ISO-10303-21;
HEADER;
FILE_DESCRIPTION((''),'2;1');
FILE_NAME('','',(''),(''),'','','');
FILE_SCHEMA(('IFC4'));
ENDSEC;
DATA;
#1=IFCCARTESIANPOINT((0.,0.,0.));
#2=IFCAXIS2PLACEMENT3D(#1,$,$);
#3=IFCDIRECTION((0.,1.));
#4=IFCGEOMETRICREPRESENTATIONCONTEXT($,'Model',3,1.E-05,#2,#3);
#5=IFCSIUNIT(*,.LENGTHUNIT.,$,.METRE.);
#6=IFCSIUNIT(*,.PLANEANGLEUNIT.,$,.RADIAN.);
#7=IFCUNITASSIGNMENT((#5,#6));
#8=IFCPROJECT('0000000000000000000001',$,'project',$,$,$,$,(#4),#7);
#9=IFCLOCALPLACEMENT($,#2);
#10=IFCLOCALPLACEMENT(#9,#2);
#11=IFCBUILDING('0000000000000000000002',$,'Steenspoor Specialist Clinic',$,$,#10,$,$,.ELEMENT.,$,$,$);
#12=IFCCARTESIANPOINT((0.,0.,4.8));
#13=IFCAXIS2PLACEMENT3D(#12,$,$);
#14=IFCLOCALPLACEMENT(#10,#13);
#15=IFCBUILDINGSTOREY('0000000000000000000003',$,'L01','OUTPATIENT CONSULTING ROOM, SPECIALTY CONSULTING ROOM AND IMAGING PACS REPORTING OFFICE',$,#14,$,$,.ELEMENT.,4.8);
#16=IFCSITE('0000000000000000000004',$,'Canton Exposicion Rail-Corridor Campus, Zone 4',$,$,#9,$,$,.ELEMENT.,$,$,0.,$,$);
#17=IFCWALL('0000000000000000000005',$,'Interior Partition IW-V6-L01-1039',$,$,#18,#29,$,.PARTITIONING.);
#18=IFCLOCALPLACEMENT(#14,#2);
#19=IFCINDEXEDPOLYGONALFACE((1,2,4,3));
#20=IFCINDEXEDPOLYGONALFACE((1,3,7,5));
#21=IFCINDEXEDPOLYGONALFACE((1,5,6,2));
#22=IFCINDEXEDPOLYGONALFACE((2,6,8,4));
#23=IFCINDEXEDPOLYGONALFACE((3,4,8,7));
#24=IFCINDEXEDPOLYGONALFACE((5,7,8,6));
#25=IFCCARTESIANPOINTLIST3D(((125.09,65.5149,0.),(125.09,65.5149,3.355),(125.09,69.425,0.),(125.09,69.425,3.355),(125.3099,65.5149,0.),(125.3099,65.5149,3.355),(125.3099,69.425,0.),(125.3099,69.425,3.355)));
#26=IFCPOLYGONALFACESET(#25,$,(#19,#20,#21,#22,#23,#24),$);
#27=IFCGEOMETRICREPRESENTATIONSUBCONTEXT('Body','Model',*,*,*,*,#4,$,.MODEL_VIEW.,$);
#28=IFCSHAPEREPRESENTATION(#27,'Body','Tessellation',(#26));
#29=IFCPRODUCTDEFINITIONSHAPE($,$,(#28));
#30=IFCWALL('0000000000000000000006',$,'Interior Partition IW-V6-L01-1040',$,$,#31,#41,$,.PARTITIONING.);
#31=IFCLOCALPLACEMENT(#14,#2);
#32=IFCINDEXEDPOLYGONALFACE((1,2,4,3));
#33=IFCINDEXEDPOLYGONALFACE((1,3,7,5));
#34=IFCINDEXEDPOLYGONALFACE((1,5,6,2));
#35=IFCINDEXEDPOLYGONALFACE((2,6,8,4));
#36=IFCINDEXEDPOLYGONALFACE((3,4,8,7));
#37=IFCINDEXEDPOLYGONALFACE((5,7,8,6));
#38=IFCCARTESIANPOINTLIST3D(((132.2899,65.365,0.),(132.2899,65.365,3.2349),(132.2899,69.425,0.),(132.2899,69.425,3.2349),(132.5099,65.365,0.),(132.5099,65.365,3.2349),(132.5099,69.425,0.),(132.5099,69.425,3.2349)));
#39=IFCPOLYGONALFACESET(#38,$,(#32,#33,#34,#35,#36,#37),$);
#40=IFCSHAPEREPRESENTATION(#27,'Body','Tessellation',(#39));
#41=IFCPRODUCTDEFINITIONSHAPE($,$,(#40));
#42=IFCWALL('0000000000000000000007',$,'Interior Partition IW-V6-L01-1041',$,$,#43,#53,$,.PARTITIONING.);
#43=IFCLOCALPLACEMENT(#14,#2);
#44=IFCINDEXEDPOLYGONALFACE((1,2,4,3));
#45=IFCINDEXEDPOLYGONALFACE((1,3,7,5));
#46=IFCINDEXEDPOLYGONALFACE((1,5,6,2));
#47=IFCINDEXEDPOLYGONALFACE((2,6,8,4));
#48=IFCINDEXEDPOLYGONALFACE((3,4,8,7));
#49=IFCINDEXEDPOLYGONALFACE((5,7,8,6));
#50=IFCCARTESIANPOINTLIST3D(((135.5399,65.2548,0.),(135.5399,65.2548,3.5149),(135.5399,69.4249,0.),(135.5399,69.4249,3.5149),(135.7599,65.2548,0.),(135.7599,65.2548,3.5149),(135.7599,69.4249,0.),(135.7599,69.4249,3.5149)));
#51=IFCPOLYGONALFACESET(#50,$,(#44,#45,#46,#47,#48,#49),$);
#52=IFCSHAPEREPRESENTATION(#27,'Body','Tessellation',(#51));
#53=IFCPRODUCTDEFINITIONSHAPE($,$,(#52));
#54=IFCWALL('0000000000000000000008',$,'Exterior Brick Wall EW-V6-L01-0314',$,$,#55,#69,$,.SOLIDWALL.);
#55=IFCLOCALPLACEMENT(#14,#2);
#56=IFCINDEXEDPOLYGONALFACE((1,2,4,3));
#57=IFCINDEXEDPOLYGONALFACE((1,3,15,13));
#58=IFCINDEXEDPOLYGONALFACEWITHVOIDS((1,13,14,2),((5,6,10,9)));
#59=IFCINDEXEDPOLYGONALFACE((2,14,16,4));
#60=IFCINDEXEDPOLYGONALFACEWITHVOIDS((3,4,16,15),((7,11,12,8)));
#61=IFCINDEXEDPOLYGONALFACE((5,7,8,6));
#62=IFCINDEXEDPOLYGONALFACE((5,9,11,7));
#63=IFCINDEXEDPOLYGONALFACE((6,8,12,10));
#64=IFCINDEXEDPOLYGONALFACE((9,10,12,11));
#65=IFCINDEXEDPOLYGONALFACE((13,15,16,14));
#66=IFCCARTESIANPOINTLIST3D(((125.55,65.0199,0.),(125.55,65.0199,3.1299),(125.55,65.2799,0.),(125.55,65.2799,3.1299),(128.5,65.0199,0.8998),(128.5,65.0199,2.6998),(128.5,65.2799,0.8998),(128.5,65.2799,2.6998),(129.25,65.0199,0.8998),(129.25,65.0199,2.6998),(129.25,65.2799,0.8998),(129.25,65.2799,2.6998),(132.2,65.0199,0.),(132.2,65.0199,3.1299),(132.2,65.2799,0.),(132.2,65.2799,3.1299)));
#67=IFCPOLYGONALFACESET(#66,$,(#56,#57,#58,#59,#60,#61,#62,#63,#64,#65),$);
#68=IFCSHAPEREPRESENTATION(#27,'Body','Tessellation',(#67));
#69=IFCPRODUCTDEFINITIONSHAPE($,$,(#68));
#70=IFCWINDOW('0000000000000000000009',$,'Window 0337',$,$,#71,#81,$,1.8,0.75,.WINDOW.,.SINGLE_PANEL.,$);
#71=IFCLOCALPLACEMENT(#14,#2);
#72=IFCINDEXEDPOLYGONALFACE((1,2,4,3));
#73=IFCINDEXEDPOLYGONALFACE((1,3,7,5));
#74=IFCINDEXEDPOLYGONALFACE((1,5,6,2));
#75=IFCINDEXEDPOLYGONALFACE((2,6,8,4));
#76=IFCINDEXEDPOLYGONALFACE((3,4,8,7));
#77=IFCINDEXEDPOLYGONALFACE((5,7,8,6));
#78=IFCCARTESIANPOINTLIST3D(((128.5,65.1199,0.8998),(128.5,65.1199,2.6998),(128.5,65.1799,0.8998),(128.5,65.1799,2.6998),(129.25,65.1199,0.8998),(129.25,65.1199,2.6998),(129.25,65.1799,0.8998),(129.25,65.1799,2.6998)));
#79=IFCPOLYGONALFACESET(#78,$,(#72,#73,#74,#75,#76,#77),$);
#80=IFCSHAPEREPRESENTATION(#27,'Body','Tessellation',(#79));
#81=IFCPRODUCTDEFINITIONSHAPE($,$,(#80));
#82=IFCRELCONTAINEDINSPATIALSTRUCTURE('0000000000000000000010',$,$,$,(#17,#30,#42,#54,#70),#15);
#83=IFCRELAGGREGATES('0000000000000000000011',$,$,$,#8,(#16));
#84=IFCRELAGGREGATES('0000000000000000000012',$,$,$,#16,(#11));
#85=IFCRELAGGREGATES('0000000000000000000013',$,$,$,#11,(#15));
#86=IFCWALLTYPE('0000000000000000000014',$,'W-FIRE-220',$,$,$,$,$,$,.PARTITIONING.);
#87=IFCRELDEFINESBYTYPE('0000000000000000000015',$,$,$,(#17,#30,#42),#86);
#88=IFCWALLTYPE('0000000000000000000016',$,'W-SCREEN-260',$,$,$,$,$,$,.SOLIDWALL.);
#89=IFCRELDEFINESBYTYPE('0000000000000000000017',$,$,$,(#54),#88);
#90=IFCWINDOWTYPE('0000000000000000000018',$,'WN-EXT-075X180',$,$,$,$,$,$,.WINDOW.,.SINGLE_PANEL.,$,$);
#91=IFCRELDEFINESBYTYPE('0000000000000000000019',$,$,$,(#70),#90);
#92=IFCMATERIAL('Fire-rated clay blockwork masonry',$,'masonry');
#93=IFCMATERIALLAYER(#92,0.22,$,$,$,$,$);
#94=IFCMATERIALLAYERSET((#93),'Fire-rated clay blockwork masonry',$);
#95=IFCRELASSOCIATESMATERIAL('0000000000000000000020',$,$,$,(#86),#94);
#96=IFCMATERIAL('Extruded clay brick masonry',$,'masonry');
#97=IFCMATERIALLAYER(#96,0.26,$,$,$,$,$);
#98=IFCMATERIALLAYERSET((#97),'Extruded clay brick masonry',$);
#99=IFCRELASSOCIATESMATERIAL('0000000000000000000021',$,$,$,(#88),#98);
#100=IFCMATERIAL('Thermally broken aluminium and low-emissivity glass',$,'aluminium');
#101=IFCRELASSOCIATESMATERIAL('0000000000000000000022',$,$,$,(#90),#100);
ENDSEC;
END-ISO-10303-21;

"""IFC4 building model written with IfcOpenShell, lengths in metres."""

from ifc_helpers import new_model, si_unit, direction, frame, frame_2d, origin, place, context, subcontext, project, spatial, rectangle, extrude, material, layer, layer_set, type_object, element, fill, save


model = new_model("IFC4")

# Units and contexts
model_context = context("Model", 3, precision=1e-05, world=origin(), true_north=direction((0.0, 1.0)))
body_context = subcontext(model_context, "Body", "Model", "MODEL_VIEW")
ifc_project = project(units=[si_unit("LENGTHUNIT", "METRE"), si_unit("PLANEANGLEUNIT", "RADIAN")], contexts=[model_context])

# Site, building, storey
site_placement = place(None, origin())
site = spatial("IfcSite", under=ifc_project, at=site_placement, Name="Canton Exposicion Rail-Corridor Campus, Zone 4", CompositionType="ELEMENT", RefElevation=0.0)
building_placement = place(site_placement, origin())
building = spatial("IfcBuilding", under=site, at=building_placement, Name="Steenspoor Specialist Clinic", CompositionType="ELEMENT")
storey_placement = place(building_placement, frame((0.0, 0.0, 4.8)))
storey = spatial("IfcBuildingStorey", under=building, at=storey_placement, Name="L01", Description="OUTPATIENT CONSULTING ROOM, SPECIALTY CONSULTING ROOM AND IMAGING PACS REPORTING OFFICE", CompositionType="ELEMENT", Elevation=4.8)

# Shared definitions
ifc_material_1 = material(Name="Thermally broken aluminium and low-emissivity glass", Category="aluminium")

# Walls
ifc_material_2 = material(Name="Fire-rated clay blockwork masonry", Category="masonry")
ifc_layer_1 = layer(ifc_material_2, 0.22)
ifc_layer_set_1 = layer_set([ifc_layer_1], Name="Fire-rated clay blockwork masonry")
wall_type_1 = type_object("IfcWallType", Name="W-FIRE-220", PredefinedType="PARTITIONING", material=ifc_layer_set_1)
wall_1_placement = place(storey_placement, frame((125.2, 65.5149, 0.0), z_axis=(0.0, 0.0, 1.0), x_axis=(0.0, 1.0, 0.0)))
element("IfcWall", 1, at=wall_1_placement, inside=storey, type_object=wall_type_1, Name="Interior Partition IW-V6-L01-1039", PredefinedType="PARTITIONING", context=body_context, shape_type="SweptSolid", body=[
    extrude(rectangle(XDim=3.9102, YDim=0.22, at=frame_2d((1.9551, 0.0))), origin(), (0.0, 0.0, 1.0), 3.355),
])
wall_2_placement = place(storey_placement, frame((132.3999, 65.365, 0.0), z_axis=(0.0, 0.0, 1.0), x_axis=(0.0, 1.0, 0.0)))
element("IfcWall", 2, at=wall_2_placement, inside=storey, type_object=wall_type_1, Name="Interior Partition IW-V6-L01-1040", PredefinedType="PARTITIONING", context=body_context, shape_type="SweptSolid", body=[
    extrude(rectangle(XDim=4.0601, YDim=0.22, at=frame_2d((2.03, 0.0))), origin(), (0.0, 0.0, 1.0), 3.2349),
])
wall_3_placement = place(storey_placement, frame((135.6499, 65.2549, 0.0), z_axis=(0.0, 0.0, 1.0), x_axis=(0.0, 1.0, 0.0)))
element("IfcWall", 3, at=wall_3_placement, inside=storey, type_object=wall_type_1, Name="Interior Partition IW-V6-L01-1041", PredefinedType="PARTITIONING", context=body_context, shape_type="SweptSolid", body=[
    extrude(rectangle(XDim=4.1702, YDim=0.22, at=frame_2d((2.085, 0.0))), origin(), (0.0, 0.0, 1.0), 3.5149),
])

# Wall, opening, window
ifc_material_3 = material(Name="Extruded clay brick masonry", Category="masonry")
ifc_layer_2 = layer(ifc_material_3, 0.26)
ifc_layer_set_2 = layer_set([ifc_layer_2], Name="Extruded clay brick masonry")
wall_type_2 = type_object("IfcWallType", Name="W-SCREEN-260", PredefinedType="SOLIDWALL", material=ifc_layer_set_2)
wall_4_placement = place(storey_placement, frame((132.2, 65.1499, 0.0), z_axis=(0.0, 0.0, 1.0), x_axis=(-1.0, 0.0, 0.0)))
wall_4 = element("IfcWall", 4, at=wall_4_placement, inside=storey, type_object=wall_type_2, Name="Exterior Brick Wall EW-V6-L01-0314", PredefinedType="SOLIDWALL", context=body_context, shape_type="SweptSolid", body=[
    extrude(rectangle(XDim=6.6499, YDim=0.26, at=frame_2d((3.325, 0.0))), origin(), (0.0, 0.0, 1.0), 3.1299),
])
opening_placement = place(wall_4_placement, frame((2.95, 0.0, 0.8999)))
opening = element("IfcOpeningElement", 5, at=opening_placement, cuts=wall_4, PredefinedType="OPENING", context=body_context, shape_type="SweptSolid", body=[
    extrude(rectangle(XDim=0.75, YDim=1.8, at=frame_2d((0.375, 0.8999))), frame((0.0, 0.1401, 0.0), z_axis=(0.0, -1.0, 0.0), x_axis=(1.0, 0.0, 0.0)), (0.0, 0.0, 1.0), 0.28),
])
window_type = type_object("IfcWindowType", Name="WN-EXT-075X180", PartitioningType="SINGLE_PANEL", PredefinedType="WINDOW", material=ifc_material_1)
window_placement = place(opening_placement, origin())
window = element("IfcWindow", 6, at=window_placement, inside=storey, type_object=window_type, Name="Window 0337", OverallHeight=1.8, OverallWidth=0.75, PartitioningType="SINGLE_PANEL", PredefinedType="WINDOW", context=body_context, shape_type="SweptSolid", body=[
    extrude(rectangle(XDim=0.75, YDim=1.8, at=frame_2d((0.375, 0.8999))), frame((0.0, 0.03, 0.0), z_axis=(0.0, -1.0, 0.0), x_axis=(1.0, 0.0, 0.0)), (0.0, 0.0, 1.0), 0.0601),
])
fill(opening, window)

save(model, "model.ifc")
